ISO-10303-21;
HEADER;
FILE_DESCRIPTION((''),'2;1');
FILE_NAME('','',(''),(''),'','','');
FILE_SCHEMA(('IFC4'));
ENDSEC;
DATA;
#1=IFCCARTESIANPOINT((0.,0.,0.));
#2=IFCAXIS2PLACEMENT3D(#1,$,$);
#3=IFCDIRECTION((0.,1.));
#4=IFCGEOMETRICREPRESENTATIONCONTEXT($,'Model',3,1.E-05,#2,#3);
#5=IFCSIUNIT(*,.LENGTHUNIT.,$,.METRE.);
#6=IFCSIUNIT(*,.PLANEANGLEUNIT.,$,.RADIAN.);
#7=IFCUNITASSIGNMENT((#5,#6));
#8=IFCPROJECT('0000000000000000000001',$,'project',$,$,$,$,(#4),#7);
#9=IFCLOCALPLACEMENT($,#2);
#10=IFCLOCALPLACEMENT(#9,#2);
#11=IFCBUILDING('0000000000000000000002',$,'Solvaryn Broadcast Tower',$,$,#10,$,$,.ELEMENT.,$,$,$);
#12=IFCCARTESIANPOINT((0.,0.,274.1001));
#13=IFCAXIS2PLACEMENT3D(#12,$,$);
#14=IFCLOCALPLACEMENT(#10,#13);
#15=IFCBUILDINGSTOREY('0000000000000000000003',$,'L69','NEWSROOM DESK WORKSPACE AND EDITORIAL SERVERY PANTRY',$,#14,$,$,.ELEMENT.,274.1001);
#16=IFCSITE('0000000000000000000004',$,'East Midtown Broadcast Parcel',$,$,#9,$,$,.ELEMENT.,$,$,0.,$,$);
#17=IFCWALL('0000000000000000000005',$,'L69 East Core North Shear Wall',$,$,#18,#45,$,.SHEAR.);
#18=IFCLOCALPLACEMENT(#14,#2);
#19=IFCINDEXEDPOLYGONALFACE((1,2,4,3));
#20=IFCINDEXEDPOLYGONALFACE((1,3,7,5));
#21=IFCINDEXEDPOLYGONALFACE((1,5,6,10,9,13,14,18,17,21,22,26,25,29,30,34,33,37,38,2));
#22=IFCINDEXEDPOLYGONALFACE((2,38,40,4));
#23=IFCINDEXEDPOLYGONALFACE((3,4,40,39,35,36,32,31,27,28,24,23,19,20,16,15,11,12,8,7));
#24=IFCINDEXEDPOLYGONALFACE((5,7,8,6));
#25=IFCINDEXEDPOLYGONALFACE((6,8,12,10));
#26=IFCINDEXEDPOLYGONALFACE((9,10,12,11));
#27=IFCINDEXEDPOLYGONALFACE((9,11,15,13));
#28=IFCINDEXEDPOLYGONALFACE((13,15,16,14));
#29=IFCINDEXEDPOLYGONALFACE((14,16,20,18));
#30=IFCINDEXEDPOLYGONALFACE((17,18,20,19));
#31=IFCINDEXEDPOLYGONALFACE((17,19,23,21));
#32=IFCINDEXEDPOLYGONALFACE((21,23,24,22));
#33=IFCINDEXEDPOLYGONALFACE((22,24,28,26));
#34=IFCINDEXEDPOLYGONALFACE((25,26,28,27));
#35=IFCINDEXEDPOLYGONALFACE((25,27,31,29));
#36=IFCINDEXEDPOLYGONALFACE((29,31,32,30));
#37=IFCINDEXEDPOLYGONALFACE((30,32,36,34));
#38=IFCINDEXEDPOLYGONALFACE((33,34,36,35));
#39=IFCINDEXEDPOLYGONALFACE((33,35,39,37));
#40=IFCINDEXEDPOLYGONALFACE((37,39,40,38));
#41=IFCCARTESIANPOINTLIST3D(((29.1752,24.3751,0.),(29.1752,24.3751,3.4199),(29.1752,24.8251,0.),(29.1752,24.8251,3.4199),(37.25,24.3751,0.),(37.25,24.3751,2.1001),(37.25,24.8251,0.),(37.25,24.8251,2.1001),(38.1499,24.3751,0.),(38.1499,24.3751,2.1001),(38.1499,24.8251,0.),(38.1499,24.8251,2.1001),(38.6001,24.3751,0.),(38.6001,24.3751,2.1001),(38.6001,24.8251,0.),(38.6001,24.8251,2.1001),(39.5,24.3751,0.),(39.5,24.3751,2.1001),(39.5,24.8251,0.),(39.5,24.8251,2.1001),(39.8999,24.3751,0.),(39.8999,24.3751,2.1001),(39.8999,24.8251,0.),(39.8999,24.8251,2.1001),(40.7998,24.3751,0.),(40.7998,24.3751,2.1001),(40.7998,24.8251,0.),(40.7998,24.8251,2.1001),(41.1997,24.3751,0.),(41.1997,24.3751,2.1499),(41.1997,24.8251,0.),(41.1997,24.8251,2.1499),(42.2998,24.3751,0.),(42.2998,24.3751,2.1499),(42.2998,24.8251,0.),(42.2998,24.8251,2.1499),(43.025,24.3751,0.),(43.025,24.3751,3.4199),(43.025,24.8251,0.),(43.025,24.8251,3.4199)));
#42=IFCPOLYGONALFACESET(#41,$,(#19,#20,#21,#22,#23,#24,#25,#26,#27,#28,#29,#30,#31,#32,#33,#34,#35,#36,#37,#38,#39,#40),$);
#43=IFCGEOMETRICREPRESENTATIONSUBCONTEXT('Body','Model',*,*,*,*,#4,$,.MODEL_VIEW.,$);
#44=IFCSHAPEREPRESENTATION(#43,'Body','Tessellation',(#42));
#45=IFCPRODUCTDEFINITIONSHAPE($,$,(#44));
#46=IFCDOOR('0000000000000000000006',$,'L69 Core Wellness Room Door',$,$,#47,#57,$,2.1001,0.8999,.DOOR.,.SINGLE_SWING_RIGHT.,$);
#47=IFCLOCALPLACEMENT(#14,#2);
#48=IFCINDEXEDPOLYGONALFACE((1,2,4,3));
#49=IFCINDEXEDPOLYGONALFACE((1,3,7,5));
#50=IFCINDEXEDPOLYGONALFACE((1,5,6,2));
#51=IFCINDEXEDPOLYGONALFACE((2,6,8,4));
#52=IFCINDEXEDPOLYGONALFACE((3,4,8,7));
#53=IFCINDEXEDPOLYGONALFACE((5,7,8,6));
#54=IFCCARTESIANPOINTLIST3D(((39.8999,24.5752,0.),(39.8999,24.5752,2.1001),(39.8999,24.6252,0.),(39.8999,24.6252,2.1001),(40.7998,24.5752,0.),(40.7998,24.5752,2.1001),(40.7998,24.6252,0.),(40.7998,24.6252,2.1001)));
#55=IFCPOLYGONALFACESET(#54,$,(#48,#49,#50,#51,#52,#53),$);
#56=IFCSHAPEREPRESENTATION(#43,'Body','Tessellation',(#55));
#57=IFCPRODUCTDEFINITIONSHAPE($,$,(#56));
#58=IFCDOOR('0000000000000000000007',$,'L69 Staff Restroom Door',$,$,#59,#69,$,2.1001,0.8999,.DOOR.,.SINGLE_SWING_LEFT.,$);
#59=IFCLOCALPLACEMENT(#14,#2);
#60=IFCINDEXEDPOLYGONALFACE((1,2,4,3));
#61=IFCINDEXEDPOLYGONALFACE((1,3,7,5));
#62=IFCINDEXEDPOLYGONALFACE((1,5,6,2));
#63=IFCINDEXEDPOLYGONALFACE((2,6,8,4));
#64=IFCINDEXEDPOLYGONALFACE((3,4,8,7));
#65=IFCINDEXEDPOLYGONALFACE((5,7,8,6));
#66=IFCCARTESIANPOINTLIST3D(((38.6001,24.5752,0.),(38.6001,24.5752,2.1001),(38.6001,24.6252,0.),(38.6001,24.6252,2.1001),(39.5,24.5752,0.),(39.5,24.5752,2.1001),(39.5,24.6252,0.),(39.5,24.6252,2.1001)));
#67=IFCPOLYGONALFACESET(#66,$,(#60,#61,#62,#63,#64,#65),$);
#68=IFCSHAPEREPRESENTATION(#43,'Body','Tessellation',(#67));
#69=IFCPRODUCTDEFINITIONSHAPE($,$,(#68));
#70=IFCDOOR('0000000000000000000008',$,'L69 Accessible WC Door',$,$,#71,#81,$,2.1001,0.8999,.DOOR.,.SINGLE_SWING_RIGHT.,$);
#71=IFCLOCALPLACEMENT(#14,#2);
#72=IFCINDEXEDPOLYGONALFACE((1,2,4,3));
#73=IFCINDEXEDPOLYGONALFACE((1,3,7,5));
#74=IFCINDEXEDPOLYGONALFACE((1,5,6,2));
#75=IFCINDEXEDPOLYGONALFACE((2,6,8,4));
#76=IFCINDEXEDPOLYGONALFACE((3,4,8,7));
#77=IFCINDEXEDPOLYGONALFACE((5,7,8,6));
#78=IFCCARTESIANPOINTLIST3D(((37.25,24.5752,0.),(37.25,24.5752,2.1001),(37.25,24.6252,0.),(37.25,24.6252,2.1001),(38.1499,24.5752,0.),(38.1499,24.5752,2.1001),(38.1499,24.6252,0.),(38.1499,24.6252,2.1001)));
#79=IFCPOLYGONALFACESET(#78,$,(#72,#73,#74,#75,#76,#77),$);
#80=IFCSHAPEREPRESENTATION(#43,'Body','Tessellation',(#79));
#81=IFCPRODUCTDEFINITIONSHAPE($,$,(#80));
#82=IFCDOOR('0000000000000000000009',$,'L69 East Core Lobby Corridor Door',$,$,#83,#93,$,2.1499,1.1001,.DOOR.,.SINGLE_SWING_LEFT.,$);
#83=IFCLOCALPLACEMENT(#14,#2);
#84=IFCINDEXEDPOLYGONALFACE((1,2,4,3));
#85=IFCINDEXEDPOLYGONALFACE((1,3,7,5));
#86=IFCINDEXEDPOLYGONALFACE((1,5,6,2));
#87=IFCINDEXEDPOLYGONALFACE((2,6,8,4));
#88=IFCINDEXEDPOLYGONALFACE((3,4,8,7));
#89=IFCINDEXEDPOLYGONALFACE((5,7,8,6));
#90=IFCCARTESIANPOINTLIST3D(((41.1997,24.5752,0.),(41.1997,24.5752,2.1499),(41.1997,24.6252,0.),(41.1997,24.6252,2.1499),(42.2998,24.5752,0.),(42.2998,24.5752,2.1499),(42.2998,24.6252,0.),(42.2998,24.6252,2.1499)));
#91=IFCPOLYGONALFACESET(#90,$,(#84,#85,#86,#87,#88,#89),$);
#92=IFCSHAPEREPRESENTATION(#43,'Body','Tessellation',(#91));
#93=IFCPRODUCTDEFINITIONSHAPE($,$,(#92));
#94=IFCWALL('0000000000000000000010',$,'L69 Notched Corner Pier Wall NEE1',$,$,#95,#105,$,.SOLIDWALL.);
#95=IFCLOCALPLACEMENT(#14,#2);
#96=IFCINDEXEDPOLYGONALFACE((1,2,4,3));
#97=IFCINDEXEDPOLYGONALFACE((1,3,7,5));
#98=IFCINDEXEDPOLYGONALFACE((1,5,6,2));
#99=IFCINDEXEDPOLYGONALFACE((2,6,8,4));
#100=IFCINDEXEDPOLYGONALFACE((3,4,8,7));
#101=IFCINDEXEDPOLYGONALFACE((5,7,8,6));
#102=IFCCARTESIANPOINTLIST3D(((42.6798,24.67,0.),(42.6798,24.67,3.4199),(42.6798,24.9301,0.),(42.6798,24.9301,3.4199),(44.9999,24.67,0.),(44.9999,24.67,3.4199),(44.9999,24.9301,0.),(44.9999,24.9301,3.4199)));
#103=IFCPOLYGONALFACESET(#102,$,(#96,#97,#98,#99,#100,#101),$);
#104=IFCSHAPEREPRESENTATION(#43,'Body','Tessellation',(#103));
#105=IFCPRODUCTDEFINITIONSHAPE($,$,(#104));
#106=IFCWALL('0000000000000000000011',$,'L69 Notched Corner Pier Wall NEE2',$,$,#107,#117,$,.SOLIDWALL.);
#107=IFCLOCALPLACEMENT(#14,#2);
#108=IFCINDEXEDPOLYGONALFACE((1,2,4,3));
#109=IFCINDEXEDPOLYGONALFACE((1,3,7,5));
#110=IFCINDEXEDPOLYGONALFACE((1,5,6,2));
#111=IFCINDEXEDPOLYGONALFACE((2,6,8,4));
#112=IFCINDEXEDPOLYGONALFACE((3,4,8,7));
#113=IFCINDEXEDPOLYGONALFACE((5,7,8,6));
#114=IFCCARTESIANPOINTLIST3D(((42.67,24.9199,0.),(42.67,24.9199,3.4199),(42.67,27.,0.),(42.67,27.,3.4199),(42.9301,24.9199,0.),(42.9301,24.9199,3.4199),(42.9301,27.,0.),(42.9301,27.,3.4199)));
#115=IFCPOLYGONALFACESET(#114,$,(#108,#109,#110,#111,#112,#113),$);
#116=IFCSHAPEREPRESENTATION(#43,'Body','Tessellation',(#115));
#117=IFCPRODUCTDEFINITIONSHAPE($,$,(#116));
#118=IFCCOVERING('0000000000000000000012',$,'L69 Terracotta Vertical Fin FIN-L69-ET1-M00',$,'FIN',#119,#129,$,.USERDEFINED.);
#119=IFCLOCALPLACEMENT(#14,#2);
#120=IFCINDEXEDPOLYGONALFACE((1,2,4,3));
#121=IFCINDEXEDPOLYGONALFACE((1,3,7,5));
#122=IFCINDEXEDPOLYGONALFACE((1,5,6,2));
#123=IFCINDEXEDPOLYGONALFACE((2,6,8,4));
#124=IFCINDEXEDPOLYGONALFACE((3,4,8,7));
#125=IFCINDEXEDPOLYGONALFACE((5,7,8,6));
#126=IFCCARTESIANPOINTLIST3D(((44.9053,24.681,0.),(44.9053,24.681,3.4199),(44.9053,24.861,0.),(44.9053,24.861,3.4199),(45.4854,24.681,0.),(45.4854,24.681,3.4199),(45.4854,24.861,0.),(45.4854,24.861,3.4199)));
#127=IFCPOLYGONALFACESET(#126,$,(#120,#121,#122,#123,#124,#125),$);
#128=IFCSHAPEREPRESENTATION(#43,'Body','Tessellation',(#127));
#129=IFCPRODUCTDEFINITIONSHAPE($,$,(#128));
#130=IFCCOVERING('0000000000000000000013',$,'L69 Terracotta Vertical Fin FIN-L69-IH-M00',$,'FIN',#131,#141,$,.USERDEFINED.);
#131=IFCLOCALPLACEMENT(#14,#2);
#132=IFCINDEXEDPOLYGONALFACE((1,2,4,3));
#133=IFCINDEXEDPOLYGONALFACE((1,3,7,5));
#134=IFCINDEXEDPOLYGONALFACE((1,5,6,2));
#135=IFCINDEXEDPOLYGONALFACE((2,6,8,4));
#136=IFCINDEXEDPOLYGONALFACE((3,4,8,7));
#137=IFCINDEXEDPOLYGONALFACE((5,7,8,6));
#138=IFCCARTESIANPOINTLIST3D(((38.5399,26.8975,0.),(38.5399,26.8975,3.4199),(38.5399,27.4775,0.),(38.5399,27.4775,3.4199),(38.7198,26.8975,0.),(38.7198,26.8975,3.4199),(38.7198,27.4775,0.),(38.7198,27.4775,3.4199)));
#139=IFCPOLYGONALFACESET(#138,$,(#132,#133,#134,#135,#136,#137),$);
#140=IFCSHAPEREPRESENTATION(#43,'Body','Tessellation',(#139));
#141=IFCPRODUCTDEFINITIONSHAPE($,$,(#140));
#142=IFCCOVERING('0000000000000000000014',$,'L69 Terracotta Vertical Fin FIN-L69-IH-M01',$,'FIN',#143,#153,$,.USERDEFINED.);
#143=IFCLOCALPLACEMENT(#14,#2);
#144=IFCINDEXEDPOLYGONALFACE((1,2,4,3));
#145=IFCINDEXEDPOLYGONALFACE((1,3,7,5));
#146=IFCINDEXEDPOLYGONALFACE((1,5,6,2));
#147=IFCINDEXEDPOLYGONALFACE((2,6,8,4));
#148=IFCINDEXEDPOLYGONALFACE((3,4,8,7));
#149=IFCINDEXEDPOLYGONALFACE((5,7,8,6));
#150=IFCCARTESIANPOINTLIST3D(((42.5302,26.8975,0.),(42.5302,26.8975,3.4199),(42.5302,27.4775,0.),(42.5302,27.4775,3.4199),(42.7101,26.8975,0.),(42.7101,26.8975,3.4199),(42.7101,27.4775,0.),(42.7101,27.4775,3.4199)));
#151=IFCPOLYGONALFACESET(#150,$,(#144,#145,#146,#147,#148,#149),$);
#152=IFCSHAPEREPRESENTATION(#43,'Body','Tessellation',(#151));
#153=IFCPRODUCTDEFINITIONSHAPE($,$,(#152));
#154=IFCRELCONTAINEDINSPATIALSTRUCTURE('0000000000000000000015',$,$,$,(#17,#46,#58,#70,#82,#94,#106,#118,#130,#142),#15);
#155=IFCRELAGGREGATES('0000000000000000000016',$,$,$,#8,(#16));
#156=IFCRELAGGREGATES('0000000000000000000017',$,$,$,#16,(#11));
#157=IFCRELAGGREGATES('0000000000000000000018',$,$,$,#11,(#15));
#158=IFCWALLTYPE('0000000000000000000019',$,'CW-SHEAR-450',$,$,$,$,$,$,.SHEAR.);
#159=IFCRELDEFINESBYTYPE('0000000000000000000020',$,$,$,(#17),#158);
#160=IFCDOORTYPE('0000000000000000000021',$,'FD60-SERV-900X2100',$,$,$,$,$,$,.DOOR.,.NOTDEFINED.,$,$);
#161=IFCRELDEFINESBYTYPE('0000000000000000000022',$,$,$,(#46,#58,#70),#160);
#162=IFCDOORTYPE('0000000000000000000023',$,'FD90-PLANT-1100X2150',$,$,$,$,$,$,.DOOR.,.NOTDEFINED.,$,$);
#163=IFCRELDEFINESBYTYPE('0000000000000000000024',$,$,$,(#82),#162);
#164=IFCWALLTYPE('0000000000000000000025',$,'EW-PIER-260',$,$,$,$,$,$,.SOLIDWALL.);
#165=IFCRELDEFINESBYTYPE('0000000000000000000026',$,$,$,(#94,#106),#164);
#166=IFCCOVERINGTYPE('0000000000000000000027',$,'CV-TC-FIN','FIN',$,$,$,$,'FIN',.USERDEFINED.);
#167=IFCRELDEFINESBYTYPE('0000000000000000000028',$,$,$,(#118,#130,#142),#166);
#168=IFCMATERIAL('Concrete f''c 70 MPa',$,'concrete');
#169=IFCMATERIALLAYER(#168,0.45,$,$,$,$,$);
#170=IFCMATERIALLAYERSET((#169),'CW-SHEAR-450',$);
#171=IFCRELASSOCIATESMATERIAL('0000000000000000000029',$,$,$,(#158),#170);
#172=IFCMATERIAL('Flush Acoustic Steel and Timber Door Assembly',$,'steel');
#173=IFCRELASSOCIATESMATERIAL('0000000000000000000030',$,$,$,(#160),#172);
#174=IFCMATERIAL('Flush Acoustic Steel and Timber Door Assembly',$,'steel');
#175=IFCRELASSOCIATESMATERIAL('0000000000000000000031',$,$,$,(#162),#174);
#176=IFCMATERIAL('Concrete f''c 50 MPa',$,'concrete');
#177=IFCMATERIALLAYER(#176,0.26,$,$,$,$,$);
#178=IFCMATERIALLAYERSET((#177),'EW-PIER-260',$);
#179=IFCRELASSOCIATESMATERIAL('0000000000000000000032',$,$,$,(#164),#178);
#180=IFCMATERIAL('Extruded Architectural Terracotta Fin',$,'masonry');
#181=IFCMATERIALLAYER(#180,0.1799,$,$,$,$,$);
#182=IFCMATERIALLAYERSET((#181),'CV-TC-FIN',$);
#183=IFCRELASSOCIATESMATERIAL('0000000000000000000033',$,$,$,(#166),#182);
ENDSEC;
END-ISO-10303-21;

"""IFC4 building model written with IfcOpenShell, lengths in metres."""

from ifc_helpers import new_model, si_unit, direction, frame, frame_2d, origin, origin_2d, place, context, subcontext, project, spatial, rectangle, extrude, material, layer, layer_set, type_object, element, fill, save


model = new_model("IFC4")

# Units and contexts
model_context = context("Model", 3, precision=1e-05, world=origin(), true_north=direction((0.0, 1.0)))
body_context = subcontext(model_context, "Body", "Model", "MODEL_VIEW")
ifc_project = project(units=[si_unit("LENGTHUNIT", "METRE"), si_unit("PLANEANGLEUNIT", "RADIAN")], contexts=[model_context])

# Site, building, storey
site_placement = place(None, origin())
site = spatial("IfcSite", under=ifc_project, at=site_placement, Name="East Midtown Broadcast Parcel", CompositionType="ELEMENT", RefElevation=0.0)
building_placement = place(site_placement, origin())
building = spatial("IfcBuilding", under=site, at=building_placement, Name="Solvaryn Broadcast Tower", CompositionType="ELEMENT")
storey_placement = place(building_placement, frame((0.0, 0.0, 274.1001)))
storey = spatial("IfcBuildingStorey", under=building, at=storey_placement, Name="L69", Description="NEWSROOM DESK WORKSPACE AND EDITORIAL SERVERY PANTRY", CompositionType="ELEMENT", Elevation=274.1001)

# Wall, openings, doors
ifc_material_1 = material(Name="Concrete f'c 70 MPa", Category="concrete")
ifc_layer_1 = layer(ifc_material_1, 0.45)
ifc_layer_set_1 = layer_set([ifc_layer_1], Name="CW-SHEAR-450")
wall_type_1 = type_object("IfcWallType", Name="CW-SHEAR-450", PredefinedType="SHEAR", material=ifc_layer_set_1)
wall_1_placement = place(storey_placement, frame((43.0249, 24.6001, 0.0), z_axis=(0.0, 0.0, 1.0), x_axis=(-1.0, 0.0, 0.0)))
wall_1 = element("IfcWall", 1, at=wall_1_placement, inside=storey, type_object=wall_type_1, Name="L69 East Core North Shear Wall", PredefinedType="SHEAR", context=body_context, shape_type="SweptSolid", body=[
    extrude(rectangle(XDim=13.8499, YDim=0.45, at=frame_2d((6.9248, 0.0))), origin(), (0.0, 0.0, 1.0), 3.4199),
])
opening_1_placement = place(wall_1_placement, frame((0.7251, 0.0, 0.0)))
opening_1 = element("IfcOpeningElement", 2, at=opening_1_placement, cuts=wall_1, PredefinedType="OPENING", context=body_context, shape_type="SweptSolid", body=[
    extrude(rectangle(XDim=1.1001, YDim=2.1499, at=frame_2d((0.55, 1.075))), frame((0.0, 0.2351, 0.0), z_axis=(0.0, -1.0, 0.0), x_axis=(1.0, 0.0, 0.0)), (0.0, 0.0, 1.0), 0.47),
])
opening_2_placement = place(wall_1_placement, frame((2.2251, 0.0, 0.0)))
opening_2 = element("IfcOpeningElement", 3, at=opening_2_placement, cuts=wall_1, PredefinedType="OPENING", context=body_context, shape_type="SweptSolid", body=[
    extrude(rectangle(XDim=0.8999, YDim=2.1001, at=frame_2d((0.45, 1.05))), frame((0.0, 0.2351, 0.0), z_axis=(0.0, -1.0, 0.0), x_axis=(1.0, 0.0, 0.0)), (0.0, 0.0, 1.0), 0.47),
])
opening_3_placement = place(wall_1_placement, frame((3.5249, 0.0, 0.0)))
opening_3 = element("IfcOpeningElement", 4, at=opening_3_placement, cuts=wall_1, PredefinedType="OPENING", context=body_context, shape_type="SweptSolid", body=[
    extrude(rectangle(XDim=0.8999, YDim=2.1001, at=frame_2d((0.45, 1.05))), frame((0.0, 0.2351, 0.0), z_axis=(0.0, -1.0, 0.0), x_axis=(1.0, 0.0, 0.0)), (0.0, 0.0, 1.0), 0.47),
])
opening_4_placement = place(wall_1_placement, frame((4.875, 0.0, 0.0)))
opening_4 = element("IfcOpeningElement", 5, at=opening_4_placement, cuts=wall_1, PredefinedType="OPENING", context=body_context, shape_type="SweptSolid", body=[
    extrude(rectangle(XDim=0.8999, YDim=2.1001, at=frame_2d((0.45, 1.05))), frame((0.0, 0.2351, 0.0), z_axis=(0.0, -1.0, 0.0), x_axis=(1.0, 0.0, 0.0)), (0.0, 0.0, 1.0), 0.47),
])
ifc_material_2 = material(Name="Flush Acoustic Steel and Timber Door Assembly", Category="steel")
door_type_1 = type_object("IfcDoorType", Name="FD60-SERV-900X2100", OperationType="NOTDEFINED", PredefinedType="DOOR", material=ifc_material_2)
door_1_placement = place(opening_2_placement, origin())
door_1 = element("IfcDoor", 6, at=door_1_placement, inside=storey, type_object=door_type_1, Name="L69 Core Wellness Room Door", OperationType="SINGLE_SWING_RIGHT", OverallHeight=2.1001, OverallWidth=0.8999, PredefinedType="DOOR", context=body_context, shape_type="SweptSolid", body=[
    extrude(rectangle(XDim=0.8999, YDim=2.1001, at=frame_2d((0.45, 1.05))), frame((0.0, 0.0249, 0.0), z_axis=(0.0, -1.0, 0.0), x_axis=(1.0, 0.0, 0.0)), (0.0, 0.0, 1.0), 0.05),
])
fill(opening_2, door_1)
door_2_placement = place(opening_3_placement, origin())
door_2 = element("IfcDoor", 7, at=door_2_placement, inside=storey, type_object=door_type_1, Name="L69 Staff Restroom Door", OperationType="SINGLE_SWING_LEFT", OverallHeight=2.1001, OverallWidth=0.8999, PredefinedType="DOOR", context=body_context, shape_type="SweptSolid", body=[
    extrude(rectangle(XDim=0.8999, YDim=2.1001, at=frame_2d((0.45, 1.05))), frame((0.0, 0.0249, 0.0), z_axis=(0.0, -1.0, 0.0), x_axis=(1.0, 0.0, 0.0)), (0.0, 0.0, 1.0), 0.05),
])
fill(opening_3, door_2)
door_3_placement = place(opening_4_placement, origin())
door_3 = element("IfcDoor", 8, at=door_3_placement, inside=storey, type_object=door_type_1, Name="L69 Accessible WC Door", OperationType="SINGLE_SWING_RIGHT", OverallHeight=2.1001, OverallWidth=0.8999, PredefinedType="DOOR", context=body_context, shape_type="SweptSolid", body=[
    extrude(rectangle(XDim=0.8999, YDim=2.1001, at=frame_2d((0.45, 1.05))), frame((0.0, 0.0249, 0.0), z_axis=(0.0, -1.0, 0.0), x_axis=(1.0, 0.0, 0.0)), (0.0, 0.0, 1.0), 0.05),
])
fill(opening_4, door_3)
ifc_material_3 = material(Name="Flush Acoustic Steel and Timber Door Assembly", Category="steel")
door_type_2 = type_object("IfcDoorType", Name="FD90-PLANT-1100X2150", OperationType="NOTDEFINED", PredefinedType="DOOR", material=ifc_material_3)
door_4_placement = place(opening_1_placement, origin())
door_4 = element("IfcDoor", 9, at=door_4_placement, inside=storey, type_object=door_type_2, Name="L69 East Core Lobby Corridor Door", OperationType="SINGLE_SWING_LEFT", OverallHeight=2.1499, OverallWidth=1.1001, PredefinedType="DOOR", context=body_context, shape_type="SweptSolid", body=[
    extrude(rectangle(XDim=1.1001, YDim=2.1499, at=frame_2d((0.55, 1.075))), frame((0.0, 0.0249, 0.0), z_axis=(0.0, -1.0, 0.0), x_axis=(1.0, 0.0, 0.0)), (0.0, 0.0, 1.0), 0.05),
])
fill(opening_1, door_4)

# Walls
ifc_material_4 = material(Name="Concrete f'c 50 MPa", Category="concrete")
ifc_layer_2 = layer(ifc_material_4, 0.26)
ifc_layer_set_2 = layer_set([ifc_layer_2], Name="EW-PIER-260")
wall_type_2 = type_object("IfcWallType", Name="EW-PIER-260", PredefinedType="SOLIDWALL", material=ifc_layer_set_2)
wall_2_placement = place(storey_placement, frame((45.0, 24.8, 0.0), z_axis=(0.0, 0.0, 1.0), x_axis=(-1.0, 0.0, 0.0)))
element("IfcWall", 10, at=wall_2_placement, inside=storey, type_object=wall_type_2, Name="L69 Notched Corner Pier Wall NEE1", PredefinedType="SOLIDWALL", context=body_context, shape_type="SweptSolid", body=[
    extrude(rectangle(XDim=2.3201, YDim=0.26, at=frame_2d((1.1602, 0.0))), origin(), (0.0, 0.0, 1.0), 3.4199),
])
wall_3_placement = place(storey_placement, frame((42.8, 24.9199, 0.0), z_axis=(0.0, 0.0, 1.0), x_axis=(0.0, 1.0, 0.0)))
element("IfcWall", 11, at=wall_3_placement, inside=storey, type_object=wall_type_2, Name="L69 Notched Corner Pier Wall NEE2", PredefinedType="SOLIDWALL", context=body_context, shape_type="SweptSolid", body=[
    extrude(rectangle(XDim=2.0801, YDim=0.26, at=frame_2d((1.04, 0.0))), origin(), (0.0, 0.0, 1.0), 3.4199),
])

# Coverings
ifc_material_5 = material(Name="Extruded Architectural Terracotta Fin", Category="masonry")
ifc_layer_3 = layer(ifc_material_5, 0.1799)
ifc_layer_set_3 = layer_set([ifc_layer_3], Name="CV-TC-FIN")
covering_type = type_object("IfcCoveringType", Name="CV-TC-FIN", Description="FIN", ElementType="FIN", PredefinedType="USERDEFINED", material=ifc_layer_set_3)
covering_placement = place(storey_placement, frame((45.1953, 24.771, 0.0), z_axis=(0.0, 0.0, 1.0), x_axis=(1.0, 0.0, 0.0)))
element("IfcCovering", 12, at=covering_placement, inside=storey, type_object=covering_type, Name="L69 Terracotta Vertical Fin FIN-L69-ET1-M00", ObjectType="FIN", PredefinedType="USERDEFINED", context=body_context, shape_type="SweptSolid", body=[
    extrude(rectangle(XDim=0.5801, YDim=0.1799, at=origin_2d()), origin(), (0.0, 0.0, 1.0), 3.4199),
])
for number, where, z_axis, x_axis, name in (
    (13, (38.6299, 27.1875, 0.0), (0.0, 0.0, 1.0), (1.0, 0.0, 0.0), "L69 Terracotta Vertical Fin FIN-L69-IH-M00"),
    (14, (42.6201, 27.1875, 0.0), (0.0, 0.0, 1.0), (1.0, 0.0, 0.0), "L69 Terracotta Vertical Fin FIN-L69-IH-M01"),
):
    element("IfcCovering", number, at=place(storey_placement, frame(where, z_axis=z_axis, x_axis=x_axis)), inside=storey, type_object=covering_type, Name=name, ObjectType="FIN", PredefinedType="USERDEFINED", context=body_context, shape_type="SweptSolid", body=[
        extrude(rectangle(XDim=0.1799, YDim=0.5801, at=origin_2d()), origin(), (0.0, 0.0, 1.0), 3.4199),
    ])

save(model, "model.ifc")
